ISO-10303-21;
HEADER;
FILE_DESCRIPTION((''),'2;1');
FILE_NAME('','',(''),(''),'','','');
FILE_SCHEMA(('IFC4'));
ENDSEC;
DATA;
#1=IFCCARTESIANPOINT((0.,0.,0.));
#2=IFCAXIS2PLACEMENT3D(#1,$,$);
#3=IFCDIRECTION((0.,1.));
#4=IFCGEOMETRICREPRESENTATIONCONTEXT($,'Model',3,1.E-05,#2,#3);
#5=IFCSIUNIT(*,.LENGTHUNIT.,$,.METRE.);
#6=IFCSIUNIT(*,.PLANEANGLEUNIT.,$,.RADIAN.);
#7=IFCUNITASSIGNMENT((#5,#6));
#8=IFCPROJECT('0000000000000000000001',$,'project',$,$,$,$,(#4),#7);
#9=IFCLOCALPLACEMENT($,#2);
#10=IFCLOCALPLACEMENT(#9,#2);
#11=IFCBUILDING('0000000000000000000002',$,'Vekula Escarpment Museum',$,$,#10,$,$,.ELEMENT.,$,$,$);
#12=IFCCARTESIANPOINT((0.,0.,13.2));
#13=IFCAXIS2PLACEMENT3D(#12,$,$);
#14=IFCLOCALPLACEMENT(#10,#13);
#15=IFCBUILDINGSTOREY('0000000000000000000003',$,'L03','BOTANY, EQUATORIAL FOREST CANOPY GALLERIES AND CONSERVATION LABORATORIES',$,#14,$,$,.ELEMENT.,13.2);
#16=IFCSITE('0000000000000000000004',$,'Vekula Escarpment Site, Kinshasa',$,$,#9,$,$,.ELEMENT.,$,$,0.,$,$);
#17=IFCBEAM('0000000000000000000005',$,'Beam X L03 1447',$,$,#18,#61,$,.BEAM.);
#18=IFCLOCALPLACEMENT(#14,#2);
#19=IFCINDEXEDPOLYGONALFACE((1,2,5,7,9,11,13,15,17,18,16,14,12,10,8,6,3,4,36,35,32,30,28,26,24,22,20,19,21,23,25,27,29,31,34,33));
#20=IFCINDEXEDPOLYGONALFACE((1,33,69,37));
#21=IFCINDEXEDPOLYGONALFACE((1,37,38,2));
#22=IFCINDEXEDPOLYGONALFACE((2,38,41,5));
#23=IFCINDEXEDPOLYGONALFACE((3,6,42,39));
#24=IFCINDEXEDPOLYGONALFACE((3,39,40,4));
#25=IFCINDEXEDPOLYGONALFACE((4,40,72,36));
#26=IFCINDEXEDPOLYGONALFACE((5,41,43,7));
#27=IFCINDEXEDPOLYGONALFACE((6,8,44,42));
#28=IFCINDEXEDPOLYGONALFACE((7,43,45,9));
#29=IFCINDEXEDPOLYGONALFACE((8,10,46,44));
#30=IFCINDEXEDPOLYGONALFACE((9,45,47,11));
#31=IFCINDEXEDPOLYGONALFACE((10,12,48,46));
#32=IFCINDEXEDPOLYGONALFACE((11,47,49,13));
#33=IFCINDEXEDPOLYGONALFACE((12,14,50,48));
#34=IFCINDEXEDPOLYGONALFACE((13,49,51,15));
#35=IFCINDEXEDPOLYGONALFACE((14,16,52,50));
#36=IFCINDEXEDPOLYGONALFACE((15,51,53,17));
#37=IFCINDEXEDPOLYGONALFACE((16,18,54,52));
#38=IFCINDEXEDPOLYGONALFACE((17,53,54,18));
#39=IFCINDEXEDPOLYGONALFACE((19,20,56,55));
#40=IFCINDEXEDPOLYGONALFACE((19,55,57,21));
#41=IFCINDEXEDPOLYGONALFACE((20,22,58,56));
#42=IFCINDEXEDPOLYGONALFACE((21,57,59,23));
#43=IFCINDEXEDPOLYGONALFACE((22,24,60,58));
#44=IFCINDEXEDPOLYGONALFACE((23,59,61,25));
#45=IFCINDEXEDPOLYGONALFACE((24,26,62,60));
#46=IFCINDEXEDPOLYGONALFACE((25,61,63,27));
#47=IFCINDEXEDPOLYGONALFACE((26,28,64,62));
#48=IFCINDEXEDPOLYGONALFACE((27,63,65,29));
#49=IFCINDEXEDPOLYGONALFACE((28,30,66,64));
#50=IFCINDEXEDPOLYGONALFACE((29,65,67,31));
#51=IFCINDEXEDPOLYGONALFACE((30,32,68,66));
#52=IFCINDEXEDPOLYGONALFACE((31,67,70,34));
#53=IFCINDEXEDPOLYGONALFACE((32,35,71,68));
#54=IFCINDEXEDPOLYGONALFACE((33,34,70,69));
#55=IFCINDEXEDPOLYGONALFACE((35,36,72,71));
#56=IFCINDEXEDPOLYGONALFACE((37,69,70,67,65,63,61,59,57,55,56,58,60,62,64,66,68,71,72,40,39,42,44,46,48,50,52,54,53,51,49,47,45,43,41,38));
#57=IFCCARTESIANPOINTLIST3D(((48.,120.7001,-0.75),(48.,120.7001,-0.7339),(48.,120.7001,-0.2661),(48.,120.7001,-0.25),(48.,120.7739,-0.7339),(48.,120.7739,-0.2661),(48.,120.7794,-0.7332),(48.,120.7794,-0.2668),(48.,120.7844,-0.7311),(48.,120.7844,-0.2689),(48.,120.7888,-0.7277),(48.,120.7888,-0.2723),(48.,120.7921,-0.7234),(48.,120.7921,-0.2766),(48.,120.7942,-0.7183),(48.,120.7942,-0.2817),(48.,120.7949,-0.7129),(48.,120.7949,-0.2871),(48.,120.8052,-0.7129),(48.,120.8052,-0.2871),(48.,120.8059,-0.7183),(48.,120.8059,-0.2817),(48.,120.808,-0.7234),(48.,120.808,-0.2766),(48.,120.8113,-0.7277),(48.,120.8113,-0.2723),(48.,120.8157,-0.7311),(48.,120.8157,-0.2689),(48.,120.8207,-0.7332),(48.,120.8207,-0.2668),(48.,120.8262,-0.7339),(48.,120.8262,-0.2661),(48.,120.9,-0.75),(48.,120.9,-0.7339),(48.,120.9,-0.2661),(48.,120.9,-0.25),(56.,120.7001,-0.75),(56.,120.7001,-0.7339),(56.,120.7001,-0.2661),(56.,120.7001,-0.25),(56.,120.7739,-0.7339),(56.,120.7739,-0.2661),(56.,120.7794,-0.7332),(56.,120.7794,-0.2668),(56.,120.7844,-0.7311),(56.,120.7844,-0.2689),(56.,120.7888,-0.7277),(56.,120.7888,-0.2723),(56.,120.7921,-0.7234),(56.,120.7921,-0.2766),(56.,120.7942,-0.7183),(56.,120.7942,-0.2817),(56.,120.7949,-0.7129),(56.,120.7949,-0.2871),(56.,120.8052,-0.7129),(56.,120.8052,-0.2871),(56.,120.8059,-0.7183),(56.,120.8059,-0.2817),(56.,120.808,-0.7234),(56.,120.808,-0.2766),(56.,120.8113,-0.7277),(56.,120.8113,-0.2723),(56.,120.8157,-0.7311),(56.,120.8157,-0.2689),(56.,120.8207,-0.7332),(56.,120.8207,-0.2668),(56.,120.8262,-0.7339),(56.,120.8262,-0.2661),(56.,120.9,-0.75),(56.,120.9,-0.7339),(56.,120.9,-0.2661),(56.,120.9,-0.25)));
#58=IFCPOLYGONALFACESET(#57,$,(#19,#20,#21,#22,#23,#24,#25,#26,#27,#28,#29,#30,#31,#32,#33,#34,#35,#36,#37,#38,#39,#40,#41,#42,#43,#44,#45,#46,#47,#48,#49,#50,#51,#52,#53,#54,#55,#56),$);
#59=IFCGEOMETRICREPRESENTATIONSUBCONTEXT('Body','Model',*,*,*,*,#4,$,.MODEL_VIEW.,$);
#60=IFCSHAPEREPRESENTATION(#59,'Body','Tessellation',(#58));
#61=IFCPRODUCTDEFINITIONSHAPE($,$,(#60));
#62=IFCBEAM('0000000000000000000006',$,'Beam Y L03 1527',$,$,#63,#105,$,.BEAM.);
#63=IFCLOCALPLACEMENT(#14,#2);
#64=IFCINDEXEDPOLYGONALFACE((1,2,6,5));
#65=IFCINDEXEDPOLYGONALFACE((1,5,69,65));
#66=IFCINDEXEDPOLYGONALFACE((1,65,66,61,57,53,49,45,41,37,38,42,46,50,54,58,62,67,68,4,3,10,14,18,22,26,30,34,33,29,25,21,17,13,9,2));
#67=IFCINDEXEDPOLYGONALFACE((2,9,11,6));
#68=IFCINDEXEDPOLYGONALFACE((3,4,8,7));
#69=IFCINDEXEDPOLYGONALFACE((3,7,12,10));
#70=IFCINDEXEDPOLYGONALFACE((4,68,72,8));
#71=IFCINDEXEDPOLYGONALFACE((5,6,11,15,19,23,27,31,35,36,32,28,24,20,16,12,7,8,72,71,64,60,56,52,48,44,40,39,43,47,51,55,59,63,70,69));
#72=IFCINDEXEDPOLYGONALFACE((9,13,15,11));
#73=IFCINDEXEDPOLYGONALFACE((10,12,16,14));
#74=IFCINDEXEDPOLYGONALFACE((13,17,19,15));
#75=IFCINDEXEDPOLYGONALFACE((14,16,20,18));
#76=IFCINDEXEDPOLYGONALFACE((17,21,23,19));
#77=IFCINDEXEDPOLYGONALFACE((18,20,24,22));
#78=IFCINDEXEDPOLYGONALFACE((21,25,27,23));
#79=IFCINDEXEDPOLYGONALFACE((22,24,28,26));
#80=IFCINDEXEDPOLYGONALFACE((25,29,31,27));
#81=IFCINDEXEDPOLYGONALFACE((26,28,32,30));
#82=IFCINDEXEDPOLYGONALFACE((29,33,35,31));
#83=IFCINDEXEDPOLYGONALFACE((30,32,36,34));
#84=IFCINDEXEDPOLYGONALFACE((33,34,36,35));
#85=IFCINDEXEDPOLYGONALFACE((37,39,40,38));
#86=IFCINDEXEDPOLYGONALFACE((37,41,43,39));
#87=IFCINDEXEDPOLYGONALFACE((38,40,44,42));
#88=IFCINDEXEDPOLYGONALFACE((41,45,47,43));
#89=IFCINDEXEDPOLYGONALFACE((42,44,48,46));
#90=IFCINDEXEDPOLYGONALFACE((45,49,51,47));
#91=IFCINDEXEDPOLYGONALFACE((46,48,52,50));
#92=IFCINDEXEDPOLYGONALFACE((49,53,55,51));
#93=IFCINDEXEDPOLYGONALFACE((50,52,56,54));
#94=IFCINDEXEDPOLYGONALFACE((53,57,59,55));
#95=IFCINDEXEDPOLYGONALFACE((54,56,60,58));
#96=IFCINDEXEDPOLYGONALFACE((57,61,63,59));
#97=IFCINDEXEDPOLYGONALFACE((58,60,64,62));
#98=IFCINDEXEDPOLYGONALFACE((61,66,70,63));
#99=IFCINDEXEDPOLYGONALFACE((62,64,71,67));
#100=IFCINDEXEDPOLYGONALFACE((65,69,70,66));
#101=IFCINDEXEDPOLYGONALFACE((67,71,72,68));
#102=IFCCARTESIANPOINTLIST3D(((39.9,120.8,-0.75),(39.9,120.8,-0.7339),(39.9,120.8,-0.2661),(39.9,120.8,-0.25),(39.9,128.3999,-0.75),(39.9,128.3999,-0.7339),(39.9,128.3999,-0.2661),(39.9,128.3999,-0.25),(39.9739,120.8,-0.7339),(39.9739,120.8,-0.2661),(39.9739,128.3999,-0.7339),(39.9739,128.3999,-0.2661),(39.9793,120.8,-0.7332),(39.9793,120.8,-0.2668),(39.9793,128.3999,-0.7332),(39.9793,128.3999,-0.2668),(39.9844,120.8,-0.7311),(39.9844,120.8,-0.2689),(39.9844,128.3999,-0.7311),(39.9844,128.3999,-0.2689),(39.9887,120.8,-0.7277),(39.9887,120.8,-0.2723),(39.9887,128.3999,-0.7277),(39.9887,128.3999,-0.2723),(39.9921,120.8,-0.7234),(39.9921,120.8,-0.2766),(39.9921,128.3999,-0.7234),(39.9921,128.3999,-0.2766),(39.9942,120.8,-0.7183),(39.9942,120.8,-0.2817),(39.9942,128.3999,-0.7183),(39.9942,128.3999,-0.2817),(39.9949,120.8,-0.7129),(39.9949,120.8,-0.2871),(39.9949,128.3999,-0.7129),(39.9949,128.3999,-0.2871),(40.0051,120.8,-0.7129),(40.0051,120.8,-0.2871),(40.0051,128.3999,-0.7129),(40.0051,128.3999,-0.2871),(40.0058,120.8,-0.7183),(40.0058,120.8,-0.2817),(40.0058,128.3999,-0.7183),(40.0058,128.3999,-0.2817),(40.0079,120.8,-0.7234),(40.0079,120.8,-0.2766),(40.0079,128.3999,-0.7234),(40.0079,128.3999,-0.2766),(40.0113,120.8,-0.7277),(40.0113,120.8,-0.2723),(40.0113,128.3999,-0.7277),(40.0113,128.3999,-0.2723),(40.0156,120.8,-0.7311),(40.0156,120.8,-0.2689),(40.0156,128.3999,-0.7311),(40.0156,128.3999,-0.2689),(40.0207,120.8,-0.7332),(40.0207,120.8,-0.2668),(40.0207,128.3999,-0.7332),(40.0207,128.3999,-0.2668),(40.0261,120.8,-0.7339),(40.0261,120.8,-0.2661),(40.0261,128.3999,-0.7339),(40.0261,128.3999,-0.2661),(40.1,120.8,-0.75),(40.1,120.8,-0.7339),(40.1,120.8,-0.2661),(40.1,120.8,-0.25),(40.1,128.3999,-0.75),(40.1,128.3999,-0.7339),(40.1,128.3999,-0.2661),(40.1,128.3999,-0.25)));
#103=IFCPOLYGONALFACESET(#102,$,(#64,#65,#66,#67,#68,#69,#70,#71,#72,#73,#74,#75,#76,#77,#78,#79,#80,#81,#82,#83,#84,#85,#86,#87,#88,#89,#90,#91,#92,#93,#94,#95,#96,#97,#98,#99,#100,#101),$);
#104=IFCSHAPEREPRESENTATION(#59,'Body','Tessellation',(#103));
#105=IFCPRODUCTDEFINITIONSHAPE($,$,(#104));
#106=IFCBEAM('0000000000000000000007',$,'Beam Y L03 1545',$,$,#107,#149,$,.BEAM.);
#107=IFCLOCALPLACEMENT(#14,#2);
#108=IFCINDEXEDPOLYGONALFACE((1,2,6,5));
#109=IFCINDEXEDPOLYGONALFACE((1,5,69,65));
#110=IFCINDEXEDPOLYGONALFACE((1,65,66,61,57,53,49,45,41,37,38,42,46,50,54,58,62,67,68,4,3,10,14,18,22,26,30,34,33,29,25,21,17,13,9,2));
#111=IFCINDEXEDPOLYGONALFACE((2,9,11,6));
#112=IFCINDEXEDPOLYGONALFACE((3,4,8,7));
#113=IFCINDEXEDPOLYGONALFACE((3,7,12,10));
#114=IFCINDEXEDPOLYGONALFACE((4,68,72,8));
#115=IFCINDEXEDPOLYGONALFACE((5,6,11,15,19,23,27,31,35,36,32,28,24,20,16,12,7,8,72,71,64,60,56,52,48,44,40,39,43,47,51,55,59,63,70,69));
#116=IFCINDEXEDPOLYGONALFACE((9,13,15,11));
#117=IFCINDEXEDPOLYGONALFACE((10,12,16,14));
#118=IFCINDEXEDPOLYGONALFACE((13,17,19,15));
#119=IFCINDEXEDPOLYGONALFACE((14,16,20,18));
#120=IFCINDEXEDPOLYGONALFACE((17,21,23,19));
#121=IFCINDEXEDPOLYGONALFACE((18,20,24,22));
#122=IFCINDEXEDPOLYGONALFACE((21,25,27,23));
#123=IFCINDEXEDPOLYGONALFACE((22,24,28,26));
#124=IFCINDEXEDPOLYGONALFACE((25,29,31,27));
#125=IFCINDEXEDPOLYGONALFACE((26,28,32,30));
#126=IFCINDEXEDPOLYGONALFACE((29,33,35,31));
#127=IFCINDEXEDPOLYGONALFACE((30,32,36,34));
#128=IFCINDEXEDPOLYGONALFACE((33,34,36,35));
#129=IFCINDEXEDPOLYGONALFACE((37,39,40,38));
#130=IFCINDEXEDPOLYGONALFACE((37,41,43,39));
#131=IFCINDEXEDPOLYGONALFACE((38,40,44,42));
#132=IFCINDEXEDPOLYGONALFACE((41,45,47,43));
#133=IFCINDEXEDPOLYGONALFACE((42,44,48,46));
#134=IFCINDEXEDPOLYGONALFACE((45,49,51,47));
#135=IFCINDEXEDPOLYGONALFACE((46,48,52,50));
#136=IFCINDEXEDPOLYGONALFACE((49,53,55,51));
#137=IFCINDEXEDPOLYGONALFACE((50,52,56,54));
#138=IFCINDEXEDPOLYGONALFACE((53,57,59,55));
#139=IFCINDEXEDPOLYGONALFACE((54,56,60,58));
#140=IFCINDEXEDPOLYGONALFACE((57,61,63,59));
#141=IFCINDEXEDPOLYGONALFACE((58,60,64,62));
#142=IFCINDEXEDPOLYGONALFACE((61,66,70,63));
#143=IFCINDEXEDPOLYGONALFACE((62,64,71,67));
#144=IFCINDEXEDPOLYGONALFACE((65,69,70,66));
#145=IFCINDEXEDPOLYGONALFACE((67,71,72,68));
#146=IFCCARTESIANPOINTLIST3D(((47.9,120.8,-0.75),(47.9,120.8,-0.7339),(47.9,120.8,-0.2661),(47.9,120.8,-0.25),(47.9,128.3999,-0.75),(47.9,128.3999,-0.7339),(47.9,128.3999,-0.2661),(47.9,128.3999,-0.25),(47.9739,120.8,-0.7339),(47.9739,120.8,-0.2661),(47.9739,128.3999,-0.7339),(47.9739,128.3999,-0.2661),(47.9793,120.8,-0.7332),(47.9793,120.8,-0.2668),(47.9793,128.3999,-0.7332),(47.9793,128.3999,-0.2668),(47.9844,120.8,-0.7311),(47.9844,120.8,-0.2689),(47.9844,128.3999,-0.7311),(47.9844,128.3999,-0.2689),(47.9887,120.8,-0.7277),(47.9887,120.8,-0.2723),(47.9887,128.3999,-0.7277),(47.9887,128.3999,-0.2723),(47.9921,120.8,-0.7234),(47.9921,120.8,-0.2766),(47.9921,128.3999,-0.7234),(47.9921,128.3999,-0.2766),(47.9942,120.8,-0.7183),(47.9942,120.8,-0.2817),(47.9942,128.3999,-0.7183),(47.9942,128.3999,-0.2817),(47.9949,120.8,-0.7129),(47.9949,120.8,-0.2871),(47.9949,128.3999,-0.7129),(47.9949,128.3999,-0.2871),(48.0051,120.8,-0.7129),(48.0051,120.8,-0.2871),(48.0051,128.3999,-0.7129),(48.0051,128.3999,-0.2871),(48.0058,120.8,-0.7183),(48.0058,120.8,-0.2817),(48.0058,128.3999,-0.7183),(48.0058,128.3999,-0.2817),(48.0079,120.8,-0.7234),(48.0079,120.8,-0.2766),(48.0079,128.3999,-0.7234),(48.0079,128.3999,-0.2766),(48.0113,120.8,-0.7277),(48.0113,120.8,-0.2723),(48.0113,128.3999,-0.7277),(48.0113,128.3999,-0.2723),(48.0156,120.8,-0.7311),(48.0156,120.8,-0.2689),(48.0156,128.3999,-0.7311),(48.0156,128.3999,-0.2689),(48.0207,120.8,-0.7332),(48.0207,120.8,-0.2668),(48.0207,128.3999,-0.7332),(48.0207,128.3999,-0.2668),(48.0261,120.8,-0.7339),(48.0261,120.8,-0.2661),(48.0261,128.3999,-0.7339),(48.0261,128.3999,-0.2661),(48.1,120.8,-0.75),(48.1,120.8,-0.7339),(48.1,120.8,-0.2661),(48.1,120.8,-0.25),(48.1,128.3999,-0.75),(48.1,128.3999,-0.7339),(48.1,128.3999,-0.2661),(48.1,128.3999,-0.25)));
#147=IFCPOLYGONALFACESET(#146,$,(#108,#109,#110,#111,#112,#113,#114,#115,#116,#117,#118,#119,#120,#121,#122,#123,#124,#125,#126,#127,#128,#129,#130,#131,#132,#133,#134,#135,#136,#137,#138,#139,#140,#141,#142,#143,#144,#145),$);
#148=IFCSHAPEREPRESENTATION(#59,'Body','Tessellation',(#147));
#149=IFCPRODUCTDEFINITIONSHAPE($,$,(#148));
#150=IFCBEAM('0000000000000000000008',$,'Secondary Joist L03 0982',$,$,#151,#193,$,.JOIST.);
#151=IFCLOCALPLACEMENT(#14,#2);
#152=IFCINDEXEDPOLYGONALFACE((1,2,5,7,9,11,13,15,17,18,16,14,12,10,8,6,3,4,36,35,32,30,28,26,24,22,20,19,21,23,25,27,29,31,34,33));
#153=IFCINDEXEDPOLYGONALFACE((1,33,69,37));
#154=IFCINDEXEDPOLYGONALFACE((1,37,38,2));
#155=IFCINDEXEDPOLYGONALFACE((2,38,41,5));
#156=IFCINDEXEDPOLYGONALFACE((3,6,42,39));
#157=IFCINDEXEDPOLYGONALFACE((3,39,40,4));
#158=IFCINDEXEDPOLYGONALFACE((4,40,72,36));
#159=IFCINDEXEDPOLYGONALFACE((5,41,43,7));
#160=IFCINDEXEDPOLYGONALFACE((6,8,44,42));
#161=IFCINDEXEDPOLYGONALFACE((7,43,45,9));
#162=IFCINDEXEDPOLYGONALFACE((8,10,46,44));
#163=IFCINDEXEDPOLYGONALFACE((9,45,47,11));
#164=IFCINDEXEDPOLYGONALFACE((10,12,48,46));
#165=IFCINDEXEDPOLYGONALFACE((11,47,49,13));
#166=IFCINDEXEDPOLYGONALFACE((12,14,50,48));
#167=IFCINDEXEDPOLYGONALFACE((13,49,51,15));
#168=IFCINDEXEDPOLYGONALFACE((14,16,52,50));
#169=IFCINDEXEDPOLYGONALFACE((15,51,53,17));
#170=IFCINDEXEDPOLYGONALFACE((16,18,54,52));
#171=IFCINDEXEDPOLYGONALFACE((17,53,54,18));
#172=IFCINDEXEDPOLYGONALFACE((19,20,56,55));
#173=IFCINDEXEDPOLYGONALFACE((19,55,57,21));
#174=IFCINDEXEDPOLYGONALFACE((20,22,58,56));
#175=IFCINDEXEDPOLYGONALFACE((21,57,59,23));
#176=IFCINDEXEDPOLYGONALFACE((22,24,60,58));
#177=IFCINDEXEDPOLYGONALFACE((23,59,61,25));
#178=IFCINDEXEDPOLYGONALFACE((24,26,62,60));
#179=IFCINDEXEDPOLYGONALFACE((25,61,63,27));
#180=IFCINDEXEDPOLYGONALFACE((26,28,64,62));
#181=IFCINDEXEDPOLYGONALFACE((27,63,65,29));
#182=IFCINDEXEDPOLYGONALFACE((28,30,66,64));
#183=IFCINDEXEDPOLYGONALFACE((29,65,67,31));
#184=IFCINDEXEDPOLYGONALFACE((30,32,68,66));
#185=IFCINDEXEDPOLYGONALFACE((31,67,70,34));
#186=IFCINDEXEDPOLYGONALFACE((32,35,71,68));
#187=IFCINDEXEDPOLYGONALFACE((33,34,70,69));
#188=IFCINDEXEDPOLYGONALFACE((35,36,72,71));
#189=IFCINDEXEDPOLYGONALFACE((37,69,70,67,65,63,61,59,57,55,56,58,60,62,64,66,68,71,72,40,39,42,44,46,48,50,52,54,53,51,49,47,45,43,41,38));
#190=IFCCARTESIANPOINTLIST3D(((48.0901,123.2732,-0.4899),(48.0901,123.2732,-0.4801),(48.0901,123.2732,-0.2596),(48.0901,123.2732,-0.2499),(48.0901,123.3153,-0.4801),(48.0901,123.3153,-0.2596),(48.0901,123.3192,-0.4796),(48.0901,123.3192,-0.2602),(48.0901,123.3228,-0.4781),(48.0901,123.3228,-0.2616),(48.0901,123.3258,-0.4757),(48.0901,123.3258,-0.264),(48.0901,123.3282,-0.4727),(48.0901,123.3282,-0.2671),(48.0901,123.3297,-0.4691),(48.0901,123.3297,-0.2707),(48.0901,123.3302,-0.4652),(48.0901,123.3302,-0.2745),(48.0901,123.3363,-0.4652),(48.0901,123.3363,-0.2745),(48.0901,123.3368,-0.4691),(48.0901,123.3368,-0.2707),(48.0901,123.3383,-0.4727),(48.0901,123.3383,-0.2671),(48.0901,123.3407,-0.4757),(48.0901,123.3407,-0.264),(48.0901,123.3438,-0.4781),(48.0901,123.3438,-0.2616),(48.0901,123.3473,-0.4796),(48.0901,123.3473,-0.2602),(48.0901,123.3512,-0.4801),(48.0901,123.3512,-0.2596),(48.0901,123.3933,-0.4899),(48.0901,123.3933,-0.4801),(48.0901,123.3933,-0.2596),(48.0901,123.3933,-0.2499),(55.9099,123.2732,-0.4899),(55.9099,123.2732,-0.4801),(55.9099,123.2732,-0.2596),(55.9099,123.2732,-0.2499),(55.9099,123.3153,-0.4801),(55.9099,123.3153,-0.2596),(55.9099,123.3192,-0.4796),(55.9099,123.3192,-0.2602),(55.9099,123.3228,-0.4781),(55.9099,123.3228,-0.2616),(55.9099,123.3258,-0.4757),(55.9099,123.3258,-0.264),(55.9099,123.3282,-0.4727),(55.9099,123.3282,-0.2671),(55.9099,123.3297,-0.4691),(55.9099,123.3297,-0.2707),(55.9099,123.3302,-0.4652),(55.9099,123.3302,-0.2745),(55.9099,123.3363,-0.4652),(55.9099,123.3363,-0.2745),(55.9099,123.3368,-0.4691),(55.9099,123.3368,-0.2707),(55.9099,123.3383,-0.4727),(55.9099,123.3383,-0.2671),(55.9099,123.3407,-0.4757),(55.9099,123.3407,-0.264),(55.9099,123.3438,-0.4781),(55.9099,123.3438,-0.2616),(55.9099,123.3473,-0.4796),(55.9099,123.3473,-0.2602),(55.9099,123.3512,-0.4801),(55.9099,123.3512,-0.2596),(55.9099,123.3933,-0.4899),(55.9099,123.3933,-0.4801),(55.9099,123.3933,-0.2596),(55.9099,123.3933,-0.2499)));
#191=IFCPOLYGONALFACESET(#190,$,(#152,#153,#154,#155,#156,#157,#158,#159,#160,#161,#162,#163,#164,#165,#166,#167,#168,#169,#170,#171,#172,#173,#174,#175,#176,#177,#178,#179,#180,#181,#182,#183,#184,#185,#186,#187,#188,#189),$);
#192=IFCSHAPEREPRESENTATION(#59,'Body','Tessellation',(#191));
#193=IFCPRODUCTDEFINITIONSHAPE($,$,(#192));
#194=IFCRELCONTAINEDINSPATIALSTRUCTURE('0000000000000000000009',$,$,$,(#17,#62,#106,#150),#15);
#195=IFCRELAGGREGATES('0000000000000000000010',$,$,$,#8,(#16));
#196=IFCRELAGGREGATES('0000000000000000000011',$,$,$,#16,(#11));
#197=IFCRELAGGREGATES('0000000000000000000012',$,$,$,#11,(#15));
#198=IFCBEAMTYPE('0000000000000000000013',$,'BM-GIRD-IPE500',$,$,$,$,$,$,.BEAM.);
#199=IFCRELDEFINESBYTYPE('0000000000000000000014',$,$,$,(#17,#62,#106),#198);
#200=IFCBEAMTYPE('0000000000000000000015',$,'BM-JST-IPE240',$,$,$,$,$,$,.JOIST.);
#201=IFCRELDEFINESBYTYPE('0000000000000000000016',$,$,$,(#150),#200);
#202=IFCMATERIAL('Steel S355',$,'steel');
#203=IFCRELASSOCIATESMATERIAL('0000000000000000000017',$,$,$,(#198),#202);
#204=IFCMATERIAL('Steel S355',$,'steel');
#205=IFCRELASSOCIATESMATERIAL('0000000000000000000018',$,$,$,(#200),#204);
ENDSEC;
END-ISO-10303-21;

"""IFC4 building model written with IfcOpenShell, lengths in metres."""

from ifc_helpers import new_model, si_unit, direction, frame, origin, origin_2d, place, context, subcontext, project, spatial, i_section, extrude, material, material_profile, profile_set, type_object, element, save


model = new_model("IFC4")

# Units and contexts
model_context = context("Model", 3, precision=1e-05, world=origin(), true_north=direction((0.0, 1.0)))
body_context = subcontext(model_context, "Body", "Model", "MODEL_VIEW")
ifc_project = project(units=[si_unit("LENGTHUNIT", "METRE"), si_unit("PLANEANGLEUNIT", "RADIAN")], contexts=[model_context])

# Site, building, storey
site_placement = place(None, origin())
site = spatial("IfcSite", under=ifc_project, at=site_placement, Name="Vekula Escarpment Site, Kinshasa", CompositionType="ELEMENT", RefElevation=0.0)
building_placement = place(site_placement, origin())
building = spatial("IfcBuilding", under=site, at=building_placement, Name="Vekula Escarpment Museum", CompositionType="ELEMENT")
storey_placement = place(building_placement, frame((0.0, 0.0, 13.2)))
storey = spatial("IfcBuildingStorey", under=building, at=storey_placement, Name="L03", Description="BOTANY, EQUATORIAL FOREST CANOPY GALLERIES AND CONSERVATION LABORATORIES", CompositionType="ELEMENT", Elevation=13.2)

# Beams
ifc_material_1 = material(Name="Steel S355", Category="steel")
ifc_material_profile_1 = material_profile(ifc_material_1, i_section(OverallWidth=0.2, OverallDepth=0.5, WebThickness=0.0103, FlangeThickness=0.0161, FilletRadius=0.021, at=origin_2d()), Name="IPE 500")
ifc_profile_set_1 = profile_set([ifc_material_profile_1], Name="Steel S355")
beam_type_1 = type_object("IfcBeamType", Name="BM-GIRD-IPE500", PredefinedType="BEAM", material=ifc_profile_set_1)
beam_1_placement = place(storey_placement, frame((48.0, 120.8, -0.5), z_axis=(1.0, 0.0, 0.0), x_axis=(0.0, 1.0, 0.0)))
element("IfcBeam", 1, at=beam_1_placement, inside=storey, type_object=beam_type_1, Name="Beam X L03 1447", PredefinedType="BEAM", context=body_context, shape_type="SweptSolid", body=[
    extrude(i_section(OverallWidth=0.2, OverallDepth=0.5, WebThickness=0.0103, FlangeThickness=0.0161, FilletRadius=0.021, at=origin_2d()), origin(), (0.0, 0.0, 1.0), 8.0),
])
for number, where, z_axis, x_axis, name in (
    (2, (40.0, 120.8, -0.5), (0.0, 1.0, 0.0), (-1.0, 0.0, 0.0), "Beam Y L03 1527"),
    (3, (48.0, 120.8, -0.5), (0.0, 1.0, 0.0), (-1.0, 0.0, 0.0), "Beam Y L03 1545"),
):
    element("IfcBeam", number, at=place(storey_placement, frame(where, z_axis=z_axis, x_axis=x_axis)), inside=storey, type_object=beam_type_1, Name=name, PredefinedType="BEAM", context=body_context, shape_type="SweptSolid", body=[
        extrude(i_section(OverallWidth=0.2, OverallDepth=0.5, WebThickness=0.0103, FlangeThickness=0.0161, FilletRadius=0.021, at=origin_2d()), origin(), (0.0, 0.0, 1.0), 7.5999),
    ])
ifc_material_2 = material(Name="Steel S355", Category="steel")
ifc_material_profile_2 = material_profile(ifc_material_2, i_section(OverallWidth=0.1201, OverallDepth=0.24, WebThickness=0.0061, FlangeThickness=0.0098, FilletRadius=0.0149, at=origin_2d()), Name="IPE 240")
ifc_profile_set_2 = profile_set([ifc_material_profile_2], Name="Steel S355")
beam_type_2 = type_object("IfcBeamType", Name="BM-JST-IPE240", PredefinedType="JOIST", material=ifc_profile_set_2)
beam_2_placement = place(storey_placement, frame((48.0901, 123.3333, -0.3699), z_axis=(1.0, 0.0, 0.0), x_axis=(0.0, 1.0, 0.0)))
element("IfcBeam", 4, at=beam_2_placement, inside=storey, type_object=beam_type_2, Name="Secondary Joist L03 0982", PredefinedType="JOIST", context=body_context, shape_type="SweptSolid", body=[
    extrude(i_section(OverallWidth=0.1201, OverallDepth=0.24, WebThickness=0.0061, FlangeThickness=0.0098, FilletRadius=0.0149, at=origin_2d()), origin(), (0.0, 0.0, 1.0), 7.8198),
])

save(model, "model.ifc")
